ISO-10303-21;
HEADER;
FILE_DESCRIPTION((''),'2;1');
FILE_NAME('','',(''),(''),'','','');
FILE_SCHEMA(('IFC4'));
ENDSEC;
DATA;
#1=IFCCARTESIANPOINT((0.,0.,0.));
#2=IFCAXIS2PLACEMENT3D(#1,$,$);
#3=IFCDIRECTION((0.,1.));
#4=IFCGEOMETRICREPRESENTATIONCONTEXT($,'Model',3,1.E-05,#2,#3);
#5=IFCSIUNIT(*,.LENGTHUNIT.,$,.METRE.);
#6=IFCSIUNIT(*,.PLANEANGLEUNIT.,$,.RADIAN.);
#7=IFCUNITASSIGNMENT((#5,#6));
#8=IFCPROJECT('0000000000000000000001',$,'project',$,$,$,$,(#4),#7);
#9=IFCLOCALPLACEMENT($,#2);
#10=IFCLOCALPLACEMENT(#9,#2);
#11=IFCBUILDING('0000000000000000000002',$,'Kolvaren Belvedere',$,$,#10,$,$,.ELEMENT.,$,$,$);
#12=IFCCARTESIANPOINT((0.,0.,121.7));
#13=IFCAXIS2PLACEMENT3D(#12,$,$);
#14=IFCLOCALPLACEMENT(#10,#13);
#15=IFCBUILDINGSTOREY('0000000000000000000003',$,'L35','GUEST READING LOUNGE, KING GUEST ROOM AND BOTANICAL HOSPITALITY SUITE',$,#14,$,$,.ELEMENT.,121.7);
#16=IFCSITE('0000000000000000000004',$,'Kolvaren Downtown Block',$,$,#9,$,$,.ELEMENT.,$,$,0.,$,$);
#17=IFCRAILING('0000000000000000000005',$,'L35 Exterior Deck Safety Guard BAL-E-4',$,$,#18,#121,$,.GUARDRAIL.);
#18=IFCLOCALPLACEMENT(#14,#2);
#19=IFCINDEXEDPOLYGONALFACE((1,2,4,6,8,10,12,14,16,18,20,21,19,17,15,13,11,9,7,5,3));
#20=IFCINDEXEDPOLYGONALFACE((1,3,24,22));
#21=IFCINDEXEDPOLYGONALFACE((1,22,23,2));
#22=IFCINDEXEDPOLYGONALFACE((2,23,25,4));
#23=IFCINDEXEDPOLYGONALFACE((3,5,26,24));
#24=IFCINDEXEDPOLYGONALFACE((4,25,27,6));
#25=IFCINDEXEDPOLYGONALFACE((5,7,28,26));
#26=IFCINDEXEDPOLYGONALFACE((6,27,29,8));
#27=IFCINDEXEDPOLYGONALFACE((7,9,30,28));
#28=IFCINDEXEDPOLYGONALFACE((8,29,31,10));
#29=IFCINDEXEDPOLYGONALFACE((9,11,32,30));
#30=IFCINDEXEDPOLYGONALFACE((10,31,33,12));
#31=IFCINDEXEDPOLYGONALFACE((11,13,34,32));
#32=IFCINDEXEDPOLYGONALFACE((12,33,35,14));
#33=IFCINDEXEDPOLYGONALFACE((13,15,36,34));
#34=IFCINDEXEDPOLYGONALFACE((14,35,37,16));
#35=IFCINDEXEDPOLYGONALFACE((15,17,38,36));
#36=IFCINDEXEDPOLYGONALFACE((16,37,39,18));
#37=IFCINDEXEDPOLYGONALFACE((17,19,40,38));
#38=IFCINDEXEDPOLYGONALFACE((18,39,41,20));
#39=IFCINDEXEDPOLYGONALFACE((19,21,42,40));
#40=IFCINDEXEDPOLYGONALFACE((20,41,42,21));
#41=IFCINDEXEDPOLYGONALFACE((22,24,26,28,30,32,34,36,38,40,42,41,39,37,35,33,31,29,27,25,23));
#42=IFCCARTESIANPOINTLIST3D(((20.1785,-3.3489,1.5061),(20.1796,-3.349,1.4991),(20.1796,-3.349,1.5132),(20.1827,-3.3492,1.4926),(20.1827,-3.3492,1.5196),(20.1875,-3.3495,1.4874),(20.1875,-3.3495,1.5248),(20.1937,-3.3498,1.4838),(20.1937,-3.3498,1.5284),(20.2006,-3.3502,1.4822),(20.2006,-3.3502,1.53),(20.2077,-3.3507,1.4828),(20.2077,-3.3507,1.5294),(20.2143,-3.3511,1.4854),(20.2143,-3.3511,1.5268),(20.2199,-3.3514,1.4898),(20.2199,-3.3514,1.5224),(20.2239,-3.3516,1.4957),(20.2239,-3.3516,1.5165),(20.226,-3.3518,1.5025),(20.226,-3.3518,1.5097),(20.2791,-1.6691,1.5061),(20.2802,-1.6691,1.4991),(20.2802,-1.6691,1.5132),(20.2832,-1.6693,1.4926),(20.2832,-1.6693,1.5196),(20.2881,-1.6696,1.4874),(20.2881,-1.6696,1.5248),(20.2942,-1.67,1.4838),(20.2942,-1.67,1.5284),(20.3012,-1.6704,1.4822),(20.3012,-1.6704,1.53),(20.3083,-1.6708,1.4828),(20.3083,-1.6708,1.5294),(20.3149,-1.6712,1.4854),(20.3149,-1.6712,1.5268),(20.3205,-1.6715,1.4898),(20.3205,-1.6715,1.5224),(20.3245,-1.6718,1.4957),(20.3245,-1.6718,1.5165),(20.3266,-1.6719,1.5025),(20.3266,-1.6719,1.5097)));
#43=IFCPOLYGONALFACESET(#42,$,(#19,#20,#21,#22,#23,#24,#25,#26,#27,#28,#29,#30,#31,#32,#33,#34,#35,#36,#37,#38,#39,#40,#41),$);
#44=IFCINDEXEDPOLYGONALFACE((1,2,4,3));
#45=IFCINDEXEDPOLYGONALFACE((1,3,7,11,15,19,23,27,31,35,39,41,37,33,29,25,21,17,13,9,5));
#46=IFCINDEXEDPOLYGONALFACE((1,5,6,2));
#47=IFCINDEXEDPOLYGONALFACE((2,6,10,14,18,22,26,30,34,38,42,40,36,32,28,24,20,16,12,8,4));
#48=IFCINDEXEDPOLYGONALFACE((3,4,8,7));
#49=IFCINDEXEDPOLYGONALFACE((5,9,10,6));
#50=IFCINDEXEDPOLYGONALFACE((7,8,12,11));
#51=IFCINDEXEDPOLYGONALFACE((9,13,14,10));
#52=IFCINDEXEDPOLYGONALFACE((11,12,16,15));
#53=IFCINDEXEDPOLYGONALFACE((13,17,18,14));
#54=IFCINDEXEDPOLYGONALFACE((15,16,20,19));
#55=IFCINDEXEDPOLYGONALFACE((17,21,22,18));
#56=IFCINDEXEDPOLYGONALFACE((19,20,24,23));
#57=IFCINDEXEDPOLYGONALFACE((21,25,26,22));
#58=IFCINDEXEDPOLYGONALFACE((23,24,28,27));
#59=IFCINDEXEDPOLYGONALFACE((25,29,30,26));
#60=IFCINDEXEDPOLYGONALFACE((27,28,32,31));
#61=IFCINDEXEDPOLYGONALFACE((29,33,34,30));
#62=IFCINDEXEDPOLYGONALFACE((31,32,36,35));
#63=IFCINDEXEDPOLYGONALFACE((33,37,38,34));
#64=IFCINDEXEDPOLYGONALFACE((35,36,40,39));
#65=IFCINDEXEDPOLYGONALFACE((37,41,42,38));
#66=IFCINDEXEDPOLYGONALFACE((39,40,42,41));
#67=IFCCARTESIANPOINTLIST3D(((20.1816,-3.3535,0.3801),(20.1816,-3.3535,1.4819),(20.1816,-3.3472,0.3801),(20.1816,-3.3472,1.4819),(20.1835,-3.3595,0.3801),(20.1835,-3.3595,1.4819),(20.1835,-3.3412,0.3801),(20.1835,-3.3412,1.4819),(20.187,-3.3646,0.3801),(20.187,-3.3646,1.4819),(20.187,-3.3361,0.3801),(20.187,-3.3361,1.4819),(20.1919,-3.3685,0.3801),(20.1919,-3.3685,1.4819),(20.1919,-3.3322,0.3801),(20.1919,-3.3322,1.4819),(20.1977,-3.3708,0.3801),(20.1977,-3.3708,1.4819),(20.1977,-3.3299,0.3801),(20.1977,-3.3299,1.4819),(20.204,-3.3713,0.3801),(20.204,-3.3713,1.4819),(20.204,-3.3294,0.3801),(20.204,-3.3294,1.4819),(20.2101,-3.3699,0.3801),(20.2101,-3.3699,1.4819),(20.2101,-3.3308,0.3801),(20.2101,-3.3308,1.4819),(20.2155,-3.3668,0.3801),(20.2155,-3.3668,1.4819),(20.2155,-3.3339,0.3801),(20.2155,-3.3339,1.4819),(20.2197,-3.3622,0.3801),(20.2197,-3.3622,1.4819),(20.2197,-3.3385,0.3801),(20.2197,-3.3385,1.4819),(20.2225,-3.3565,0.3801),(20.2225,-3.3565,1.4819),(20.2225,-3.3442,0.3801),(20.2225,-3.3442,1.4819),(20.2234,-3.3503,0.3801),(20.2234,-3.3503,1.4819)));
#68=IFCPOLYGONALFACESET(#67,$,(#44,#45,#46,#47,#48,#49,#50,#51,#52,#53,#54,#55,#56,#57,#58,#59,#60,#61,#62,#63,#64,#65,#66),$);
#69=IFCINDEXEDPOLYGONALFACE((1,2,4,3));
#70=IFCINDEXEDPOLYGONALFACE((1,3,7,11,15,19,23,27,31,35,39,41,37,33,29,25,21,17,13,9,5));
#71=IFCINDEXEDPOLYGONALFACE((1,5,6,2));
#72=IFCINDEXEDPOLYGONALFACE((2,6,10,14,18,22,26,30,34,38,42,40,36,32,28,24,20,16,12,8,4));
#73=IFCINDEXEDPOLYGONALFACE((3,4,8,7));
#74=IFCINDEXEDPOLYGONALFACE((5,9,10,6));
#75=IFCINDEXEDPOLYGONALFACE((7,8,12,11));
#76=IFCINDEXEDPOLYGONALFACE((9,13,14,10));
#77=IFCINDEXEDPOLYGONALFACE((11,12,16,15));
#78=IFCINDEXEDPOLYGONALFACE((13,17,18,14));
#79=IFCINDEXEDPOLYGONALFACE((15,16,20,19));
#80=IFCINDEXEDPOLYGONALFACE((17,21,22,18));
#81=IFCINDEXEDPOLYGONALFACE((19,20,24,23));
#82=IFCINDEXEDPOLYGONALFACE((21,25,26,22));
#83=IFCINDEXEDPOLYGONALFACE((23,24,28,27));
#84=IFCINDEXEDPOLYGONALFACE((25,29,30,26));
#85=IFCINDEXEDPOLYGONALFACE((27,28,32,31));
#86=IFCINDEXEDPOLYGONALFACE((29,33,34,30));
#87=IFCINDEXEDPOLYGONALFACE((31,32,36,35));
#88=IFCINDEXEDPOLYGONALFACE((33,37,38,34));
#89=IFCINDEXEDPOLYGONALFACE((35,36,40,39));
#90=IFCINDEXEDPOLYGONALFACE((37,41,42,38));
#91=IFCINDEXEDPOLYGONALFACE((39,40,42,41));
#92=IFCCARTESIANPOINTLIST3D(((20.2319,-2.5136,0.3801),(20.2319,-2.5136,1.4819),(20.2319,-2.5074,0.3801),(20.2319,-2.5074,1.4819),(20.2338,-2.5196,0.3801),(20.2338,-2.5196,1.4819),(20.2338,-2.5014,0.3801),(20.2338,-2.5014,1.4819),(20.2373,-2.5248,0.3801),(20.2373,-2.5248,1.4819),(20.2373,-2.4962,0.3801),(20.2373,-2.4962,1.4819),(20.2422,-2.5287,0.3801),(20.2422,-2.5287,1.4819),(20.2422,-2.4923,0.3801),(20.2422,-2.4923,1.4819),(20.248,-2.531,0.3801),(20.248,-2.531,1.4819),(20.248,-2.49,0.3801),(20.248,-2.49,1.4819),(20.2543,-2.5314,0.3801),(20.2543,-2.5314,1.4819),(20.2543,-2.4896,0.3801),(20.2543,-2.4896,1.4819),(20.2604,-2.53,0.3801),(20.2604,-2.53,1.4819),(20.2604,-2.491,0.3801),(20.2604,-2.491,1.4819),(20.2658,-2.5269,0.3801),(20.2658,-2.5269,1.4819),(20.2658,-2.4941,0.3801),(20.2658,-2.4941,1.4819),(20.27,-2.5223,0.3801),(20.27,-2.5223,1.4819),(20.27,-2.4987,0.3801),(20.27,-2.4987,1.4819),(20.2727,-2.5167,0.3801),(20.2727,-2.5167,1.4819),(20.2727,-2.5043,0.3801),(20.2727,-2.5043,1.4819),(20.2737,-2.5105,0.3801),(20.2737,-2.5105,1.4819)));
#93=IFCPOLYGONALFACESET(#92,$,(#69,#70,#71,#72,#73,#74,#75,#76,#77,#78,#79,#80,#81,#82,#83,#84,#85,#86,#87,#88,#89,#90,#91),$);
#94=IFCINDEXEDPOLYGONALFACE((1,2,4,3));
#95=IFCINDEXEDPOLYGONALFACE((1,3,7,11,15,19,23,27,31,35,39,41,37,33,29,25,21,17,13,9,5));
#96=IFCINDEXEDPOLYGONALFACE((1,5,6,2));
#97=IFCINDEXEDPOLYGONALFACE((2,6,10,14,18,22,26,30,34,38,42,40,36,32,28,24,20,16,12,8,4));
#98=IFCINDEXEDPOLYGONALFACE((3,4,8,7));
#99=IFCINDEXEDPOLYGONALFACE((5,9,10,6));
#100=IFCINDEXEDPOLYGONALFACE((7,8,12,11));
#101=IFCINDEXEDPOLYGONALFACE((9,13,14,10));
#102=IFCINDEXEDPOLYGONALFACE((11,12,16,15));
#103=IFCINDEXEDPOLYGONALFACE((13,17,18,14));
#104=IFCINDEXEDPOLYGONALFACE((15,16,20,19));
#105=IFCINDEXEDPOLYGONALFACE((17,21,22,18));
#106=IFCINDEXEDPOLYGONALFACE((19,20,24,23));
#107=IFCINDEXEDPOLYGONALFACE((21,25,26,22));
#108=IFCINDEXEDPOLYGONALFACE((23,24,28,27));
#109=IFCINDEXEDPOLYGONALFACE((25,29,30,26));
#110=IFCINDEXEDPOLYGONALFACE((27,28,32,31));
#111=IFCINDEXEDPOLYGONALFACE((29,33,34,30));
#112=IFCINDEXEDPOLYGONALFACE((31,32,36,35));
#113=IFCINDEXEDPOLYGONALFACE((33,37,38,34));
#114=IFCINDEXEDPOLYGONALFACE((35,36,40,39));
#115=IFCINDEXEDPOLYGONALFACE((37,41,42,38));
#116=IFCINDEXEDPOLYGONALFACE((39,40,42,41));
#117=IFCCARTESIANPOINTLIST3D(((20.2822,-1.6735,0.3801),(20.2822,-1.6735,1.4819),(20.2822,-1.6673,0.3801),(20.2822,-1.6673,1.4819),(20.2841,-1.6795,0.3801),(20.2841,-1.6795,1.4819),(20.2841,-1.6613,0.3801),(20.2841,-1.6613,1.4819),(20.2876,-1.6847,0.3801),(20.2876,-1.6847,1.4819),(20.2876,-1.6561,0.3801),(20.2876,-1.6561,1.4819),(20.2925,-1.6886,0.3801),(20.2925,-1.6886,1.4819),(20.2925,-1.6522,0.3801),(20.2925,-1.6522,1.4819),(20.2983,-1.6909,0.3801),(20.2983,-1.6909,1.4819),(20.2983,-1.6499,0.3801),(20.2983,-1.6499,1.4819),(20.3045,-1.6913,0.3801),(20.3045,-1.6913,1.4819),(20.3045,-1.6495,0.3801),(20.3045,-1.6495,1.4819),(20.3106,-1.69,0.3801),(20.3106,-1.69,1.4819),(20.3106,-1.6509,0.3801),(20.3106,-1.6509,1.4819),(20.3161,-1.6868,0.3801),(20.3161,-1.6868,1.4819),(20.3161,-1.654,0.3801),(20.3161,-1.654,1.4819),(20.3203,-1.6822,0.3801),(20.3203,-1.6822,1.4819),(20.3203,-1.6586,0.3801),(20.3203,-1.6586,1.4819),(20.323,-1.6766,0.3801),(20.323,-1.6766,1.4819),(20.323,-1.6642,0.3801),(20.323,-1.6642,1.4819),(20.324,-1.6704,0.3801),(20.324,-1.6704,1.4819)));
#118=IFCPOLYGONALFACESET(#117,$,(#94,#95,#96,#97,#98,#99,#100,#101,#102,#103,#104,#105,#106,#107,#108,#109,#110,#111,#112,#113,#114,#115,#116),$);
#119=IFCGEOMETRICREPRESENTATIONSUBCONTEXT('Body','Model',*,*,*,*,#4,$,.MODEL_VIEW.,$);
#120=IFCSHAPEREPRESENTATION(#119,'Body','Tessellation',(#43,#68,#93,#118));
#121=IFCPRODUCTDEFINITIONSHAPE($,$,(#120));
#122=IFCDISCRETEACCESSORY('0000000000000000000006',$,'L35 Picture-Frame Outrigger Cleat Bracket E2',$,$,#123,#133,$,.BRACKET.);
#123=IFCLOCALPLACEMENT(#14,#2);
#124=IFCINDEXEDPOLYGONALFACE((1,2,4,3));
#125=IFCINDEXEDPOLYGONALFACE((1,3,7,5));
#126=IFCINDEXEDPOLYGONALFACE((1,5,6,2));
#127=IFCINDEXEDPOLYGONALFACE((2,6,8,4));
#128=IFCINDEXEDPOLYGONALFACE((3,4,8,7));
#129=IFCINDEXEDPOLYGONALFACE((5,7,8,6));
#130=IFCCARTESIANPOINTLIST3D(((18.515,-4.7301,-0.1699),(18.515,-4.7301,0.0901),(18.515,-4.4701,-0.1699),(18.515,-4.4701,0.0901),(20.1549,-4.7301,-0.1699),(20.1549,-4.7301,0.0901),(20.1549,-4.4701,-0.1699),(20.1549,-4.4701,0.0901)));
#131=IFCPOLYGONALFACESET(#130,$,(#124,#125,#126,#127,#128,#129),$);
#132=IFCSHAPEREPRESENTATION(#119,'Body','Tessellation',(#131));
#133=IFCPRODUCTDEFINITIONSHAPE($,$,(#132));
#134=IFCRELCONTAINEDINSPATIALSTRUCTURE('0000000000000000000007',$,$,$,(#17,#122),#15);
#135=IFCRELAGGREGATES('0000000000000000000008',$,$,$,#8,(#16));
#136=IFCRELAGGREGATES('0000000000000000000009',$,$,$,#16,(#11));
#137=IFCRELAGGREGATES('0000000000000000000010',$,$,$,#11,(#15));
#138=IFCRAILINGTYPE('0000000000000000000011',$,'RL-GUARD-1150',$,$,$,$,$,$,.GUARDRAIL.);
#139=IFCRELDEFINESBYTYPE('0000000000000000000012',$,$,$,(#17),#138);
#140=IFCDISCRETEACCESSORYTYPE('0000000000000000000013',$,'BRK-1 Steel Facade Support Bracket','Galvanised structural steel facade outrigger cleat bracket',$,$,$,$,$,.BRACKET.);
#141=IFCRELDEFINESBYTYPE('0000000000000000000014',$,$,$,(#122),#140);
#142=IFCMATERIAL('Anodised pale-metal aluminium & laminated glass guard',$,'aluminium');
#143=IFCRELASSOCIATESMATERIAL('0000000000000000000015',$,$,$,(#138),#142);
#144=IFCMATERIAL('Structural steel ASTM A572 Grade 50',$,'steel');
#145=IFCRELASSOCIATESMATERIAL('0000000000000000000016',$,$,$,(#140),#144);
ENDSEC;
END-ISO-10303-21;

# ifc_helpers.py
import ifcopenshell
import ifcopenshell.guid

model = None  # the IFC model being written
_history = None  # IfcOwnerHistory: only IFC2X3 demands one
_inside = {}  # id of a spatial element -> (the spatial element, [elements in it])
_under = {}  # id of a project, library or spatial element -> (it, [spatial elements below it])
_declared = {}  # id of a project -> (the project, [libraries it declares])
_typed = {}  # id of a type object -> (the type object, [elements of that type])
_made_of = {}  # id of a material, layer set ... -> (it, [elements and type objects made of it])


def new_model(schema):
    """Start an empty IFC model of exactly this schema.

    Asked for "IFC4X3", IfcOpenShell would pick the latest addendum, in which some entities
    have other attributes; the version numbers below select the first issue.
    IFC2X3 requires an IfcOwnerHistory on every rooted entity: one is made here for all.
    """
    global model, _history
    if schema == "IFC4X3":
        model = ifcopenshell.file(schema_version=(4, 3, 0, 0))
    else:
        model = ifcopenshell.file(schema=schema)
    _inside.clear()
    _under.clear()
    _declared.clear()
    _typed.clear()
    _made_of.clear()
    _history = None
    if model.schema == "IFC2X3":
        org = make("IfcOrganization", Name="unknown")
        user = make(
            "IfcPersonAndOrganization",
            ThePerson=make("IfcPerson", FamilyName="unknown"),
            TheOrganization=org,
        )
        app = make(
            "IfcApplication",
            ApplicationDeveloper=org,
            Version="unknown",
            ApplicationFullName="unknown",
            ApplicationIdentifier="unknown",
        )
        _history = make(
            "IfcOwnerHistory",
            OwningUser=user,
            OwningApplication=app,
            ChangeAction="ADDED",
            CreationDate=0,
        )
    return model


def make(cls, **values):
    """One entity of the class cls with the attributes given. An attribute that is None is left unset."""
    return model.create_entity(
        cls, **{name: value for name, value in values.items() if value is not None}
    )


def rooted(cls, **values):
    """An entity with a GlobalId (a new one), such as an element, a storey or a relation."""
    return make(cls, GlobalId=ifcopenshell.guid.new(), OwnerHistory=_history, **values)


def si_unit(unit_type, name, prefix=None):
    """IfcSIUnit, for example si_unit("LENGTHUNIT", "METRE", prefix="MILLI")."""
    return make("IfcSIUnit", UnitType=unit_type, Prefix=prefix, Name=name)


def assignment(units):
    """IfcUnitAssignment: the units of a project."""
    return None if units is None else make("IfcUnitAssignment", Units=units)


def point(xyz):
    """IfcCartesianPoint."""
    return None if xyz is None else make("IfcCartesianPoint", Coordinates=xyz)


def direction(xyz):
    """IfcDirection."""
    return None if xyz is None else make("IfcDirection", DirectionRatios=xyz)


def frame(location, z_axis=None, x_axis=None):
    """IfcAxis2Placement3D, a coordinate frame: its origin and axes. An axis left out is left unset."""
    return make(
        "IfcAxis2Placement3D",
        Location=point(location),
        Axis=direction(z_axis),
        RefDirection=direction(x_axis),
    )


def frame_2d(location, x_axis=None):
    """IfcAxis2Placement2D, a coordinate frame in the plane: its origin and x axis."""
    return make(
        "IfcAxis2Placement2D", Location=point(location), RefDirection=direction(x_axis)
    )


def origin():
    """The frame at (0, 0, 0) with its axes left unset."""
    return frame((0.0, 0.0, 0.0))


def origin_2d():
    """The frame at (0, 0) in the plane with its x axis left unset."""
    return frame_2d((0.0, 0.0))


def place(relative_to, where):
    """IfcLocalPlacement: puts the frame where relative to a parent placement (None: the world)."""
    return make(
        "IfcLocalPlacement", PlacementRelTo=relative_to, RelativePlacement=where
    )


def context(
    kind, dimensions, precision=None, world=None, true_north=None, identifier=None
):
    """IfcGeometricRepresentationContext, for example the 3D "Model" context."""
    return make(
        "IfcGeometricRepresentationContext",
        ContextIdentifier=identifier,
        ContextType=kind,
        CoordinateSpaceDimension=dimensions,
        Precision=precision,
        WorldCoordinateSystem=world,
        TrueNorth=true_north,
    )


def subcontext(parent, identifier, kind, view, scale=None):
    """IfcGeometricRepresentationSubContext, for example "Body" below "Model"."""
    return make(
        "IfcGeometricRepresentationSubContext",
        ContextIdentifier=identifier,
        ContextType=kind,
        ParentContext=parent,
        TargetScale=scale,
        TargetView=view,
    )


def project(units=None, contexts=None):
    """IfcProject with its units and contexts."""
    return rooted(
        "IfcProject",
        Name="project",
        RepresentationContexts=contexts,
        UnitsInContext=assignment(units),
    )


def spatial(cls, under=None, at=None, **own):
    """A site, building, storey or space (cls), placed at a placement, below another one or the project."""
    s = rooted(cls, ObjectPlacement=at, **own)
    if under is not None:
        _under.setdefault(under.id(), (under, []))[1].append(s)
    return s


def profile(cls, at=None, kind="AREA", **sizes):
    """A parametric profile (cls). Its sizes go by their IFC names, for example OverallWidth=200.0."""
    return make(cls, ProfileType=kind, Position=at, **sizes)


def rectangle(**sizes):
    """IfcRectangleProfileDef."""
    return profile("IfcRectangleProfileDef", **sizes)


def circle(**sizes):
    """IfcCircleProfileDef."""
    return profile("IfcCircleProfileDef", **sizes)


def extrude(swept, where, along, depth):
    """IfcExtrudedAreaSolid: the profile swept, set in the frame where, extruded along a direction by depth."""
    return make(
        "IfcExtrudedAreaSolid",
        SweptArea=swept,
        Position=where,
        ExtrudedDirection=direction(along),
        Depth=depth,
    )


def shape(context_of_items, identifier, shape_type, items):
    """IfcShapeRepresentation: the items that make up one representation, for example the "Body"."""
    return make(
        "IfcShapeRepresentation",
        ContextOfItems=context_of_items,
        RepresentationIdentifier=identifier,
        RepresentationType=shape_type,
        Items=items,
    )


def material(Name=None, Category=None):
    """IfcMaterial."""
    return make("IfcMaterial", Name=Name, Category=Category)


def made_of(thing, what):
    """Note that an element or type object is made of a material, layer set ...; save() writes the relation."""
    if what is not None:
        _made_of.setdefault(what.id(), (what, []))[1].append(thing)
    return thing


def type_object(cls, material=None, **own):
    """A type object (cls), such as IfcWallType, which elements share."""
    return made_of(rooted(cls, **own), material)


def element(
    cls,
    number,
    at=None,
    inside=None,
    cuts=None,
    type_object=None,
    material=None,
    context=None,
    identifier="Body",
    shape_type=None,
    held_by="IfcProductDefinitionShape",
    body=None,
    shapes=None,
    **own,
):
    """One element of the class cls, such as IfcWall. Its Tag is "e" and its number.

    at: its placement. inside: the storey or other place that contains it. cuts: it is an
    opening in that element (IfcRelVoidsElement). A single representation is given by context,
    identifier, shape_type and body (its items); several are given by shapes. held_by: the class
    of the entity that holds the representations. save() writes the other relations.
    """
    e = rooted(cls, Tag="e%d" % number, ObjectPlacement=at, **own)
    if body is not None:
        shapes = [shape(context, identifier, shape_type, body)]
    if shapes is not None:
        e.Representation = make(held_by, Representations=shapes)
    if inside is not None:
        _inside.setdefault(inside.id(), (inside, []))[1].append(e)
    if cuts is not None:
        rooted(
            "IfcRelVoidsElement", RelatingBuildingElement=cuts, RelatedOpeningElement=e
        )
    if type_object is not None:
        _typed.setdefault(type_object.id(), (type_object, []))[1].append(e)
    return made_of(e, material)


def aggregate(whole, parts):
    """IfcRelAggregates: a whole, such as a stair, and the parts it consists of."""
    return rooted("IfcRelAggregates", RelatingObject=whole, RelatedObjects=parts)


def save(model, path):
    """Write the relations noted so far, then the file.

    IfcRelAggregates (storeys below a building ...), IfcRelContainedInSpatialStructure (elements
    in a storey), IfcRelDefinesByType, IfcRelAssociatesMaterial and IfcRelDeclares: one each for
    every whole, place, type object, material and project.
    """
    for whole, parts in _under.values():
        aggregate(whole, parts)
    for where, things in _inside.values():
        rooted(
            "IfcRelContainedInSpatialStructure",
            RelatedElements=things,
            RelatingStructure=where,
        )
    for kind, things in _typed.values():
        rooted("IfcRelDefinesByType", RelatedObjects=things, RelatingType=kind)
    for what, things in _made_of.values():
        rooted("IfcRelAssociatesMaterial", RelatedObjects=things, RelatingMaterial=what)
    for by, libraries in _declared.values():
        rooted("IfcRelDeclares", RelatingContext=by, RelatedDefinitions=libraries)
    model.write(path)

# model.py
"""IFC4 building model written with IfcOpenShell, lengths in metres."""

from ifc_helpers import new_model, si_unit, direction, frame, origin, origin_2d, place, context, subcontext, project, spatial, rectangle, circle, extrude, material, type_object, element, save


model = new_model("IFC4")

# Units and contexts
model_context = context("Model", 3, precision=1e-05, world=origin(), true_north=direction((0.0, 1.0)))
body_context = subcontext(model_context, "Body", "Model", "MODEL_VIEW")
ifc_project = project(units=[si_unit("LENGTHUNIT", "METRE"), si_unit("PLANEANGLEUNIT", "RADIAN")], contexts=[model_context])

# Site, building, storey
site_placement = place(None, origin())
site = spatial("IfcSite", under=ifc_project, at=site_placement, Name="Kolvaren Downtown Block", CompositionType="ELEMENT", RefElevation=0.0)
building_placement = place(site_placement, origin())
building = spatial("IfcBuilding", under=site, at=building_placement, Name="Kolvaren Belvedere", CompositionType="ELEMENT")
storey_placement = place(building_placement, frame((0.0, 0.0, 121.7)))
storey = spatial("IfcBuildingStorey", under=building, at=storey_placement, Name="L35", Description="GUEST READING LOUNGE, KING GUEST ROOM AND BOTANICAL HOSPITALITY SUITE", CompositionType="ELEMENT", Elevation=121.7)

# Railing
ifc_material_1 = material(Name="Anodised pale-metal aluminium & laminated glass guard", Category="aluminium")
railing_type = type_object("IfcRailingType", Name="RL-GUARD-1150", PredefinedType="GUARDRAIL", material=ifc_material_1)
railing_1_placement = place(storey_placement, frame((20.2024, -3.3503, 0.3801)))
element("IfcRailing", 1, at=railing_1_placement, inside=storey, type_object=railing_type, Name="L35 Exterior Deck Safety Guard BAL-E-4", PredefinedType="GUARDRAIL", context=body_context, shape_type="SweptSolid", body=[
    extrude(circle(Radius=0.0239, at=origin_2d()), frame((0.0, 0.0, 1.126), z_axis=(0.059768, 0.998212, 0.0), x_axis=(-0.998212, 0.059768, 0.0)), (0.0, 0.0, 1.0), 1.6829),
    extrude(circle(Radius=0.021, at=origin_2d()), origin(), (0.0, 0.0, 1.0), 1.1018),
    extrude(circle(Radius=0.021, at=origin_2d()), frame((0.0503, 0.8398, 0.0)), (0.0, 0.0, 1.0), 1.1018),
    extrude(circle(Radius=0.021, at=origin_2d()), frame((0.1006, 1.6799, 0.0)), (0.0, 0.0, 1.0), 1.1018),
])

# Discrete accessory
ifc_material_2 = material(Name="Structural steel ASTM A572 Grade 50", Category="steel")
discrete_accessory_type = type_object("IfcDiscreteAccessoryType", Name="BRK-1 Steel Facade Support Bracket", Description="Galvanised structural steel facade outrigger cleat bracket", PredefinedType="BRACKET", material=ifc_material_2)
discrete_accessory_placement = place(storey_placement, frame((19.335, -4.6001, -0.1699), z_axis=(0.0, 0.0, 1.0), x_axis=(1.0, 0.0, 0.0)))
element("IfcDiscreteAccessory", 2, at=discrete_accessory_placement, inside=storey, type_object=discrete_accessory_type, Name="L35 Picture-Frame Outrigger Cleat Bracket E2", PredefinedType="BRACKET", context=body_context, shape_type="SweptSolid", body=[
    extrude(rectangle(XDim=1.6399, YDim=0.26, at=origin_2d()), origin(), (0.0, 0.0, 1.0), 0.26),
])

save(model, "model.ifc")
